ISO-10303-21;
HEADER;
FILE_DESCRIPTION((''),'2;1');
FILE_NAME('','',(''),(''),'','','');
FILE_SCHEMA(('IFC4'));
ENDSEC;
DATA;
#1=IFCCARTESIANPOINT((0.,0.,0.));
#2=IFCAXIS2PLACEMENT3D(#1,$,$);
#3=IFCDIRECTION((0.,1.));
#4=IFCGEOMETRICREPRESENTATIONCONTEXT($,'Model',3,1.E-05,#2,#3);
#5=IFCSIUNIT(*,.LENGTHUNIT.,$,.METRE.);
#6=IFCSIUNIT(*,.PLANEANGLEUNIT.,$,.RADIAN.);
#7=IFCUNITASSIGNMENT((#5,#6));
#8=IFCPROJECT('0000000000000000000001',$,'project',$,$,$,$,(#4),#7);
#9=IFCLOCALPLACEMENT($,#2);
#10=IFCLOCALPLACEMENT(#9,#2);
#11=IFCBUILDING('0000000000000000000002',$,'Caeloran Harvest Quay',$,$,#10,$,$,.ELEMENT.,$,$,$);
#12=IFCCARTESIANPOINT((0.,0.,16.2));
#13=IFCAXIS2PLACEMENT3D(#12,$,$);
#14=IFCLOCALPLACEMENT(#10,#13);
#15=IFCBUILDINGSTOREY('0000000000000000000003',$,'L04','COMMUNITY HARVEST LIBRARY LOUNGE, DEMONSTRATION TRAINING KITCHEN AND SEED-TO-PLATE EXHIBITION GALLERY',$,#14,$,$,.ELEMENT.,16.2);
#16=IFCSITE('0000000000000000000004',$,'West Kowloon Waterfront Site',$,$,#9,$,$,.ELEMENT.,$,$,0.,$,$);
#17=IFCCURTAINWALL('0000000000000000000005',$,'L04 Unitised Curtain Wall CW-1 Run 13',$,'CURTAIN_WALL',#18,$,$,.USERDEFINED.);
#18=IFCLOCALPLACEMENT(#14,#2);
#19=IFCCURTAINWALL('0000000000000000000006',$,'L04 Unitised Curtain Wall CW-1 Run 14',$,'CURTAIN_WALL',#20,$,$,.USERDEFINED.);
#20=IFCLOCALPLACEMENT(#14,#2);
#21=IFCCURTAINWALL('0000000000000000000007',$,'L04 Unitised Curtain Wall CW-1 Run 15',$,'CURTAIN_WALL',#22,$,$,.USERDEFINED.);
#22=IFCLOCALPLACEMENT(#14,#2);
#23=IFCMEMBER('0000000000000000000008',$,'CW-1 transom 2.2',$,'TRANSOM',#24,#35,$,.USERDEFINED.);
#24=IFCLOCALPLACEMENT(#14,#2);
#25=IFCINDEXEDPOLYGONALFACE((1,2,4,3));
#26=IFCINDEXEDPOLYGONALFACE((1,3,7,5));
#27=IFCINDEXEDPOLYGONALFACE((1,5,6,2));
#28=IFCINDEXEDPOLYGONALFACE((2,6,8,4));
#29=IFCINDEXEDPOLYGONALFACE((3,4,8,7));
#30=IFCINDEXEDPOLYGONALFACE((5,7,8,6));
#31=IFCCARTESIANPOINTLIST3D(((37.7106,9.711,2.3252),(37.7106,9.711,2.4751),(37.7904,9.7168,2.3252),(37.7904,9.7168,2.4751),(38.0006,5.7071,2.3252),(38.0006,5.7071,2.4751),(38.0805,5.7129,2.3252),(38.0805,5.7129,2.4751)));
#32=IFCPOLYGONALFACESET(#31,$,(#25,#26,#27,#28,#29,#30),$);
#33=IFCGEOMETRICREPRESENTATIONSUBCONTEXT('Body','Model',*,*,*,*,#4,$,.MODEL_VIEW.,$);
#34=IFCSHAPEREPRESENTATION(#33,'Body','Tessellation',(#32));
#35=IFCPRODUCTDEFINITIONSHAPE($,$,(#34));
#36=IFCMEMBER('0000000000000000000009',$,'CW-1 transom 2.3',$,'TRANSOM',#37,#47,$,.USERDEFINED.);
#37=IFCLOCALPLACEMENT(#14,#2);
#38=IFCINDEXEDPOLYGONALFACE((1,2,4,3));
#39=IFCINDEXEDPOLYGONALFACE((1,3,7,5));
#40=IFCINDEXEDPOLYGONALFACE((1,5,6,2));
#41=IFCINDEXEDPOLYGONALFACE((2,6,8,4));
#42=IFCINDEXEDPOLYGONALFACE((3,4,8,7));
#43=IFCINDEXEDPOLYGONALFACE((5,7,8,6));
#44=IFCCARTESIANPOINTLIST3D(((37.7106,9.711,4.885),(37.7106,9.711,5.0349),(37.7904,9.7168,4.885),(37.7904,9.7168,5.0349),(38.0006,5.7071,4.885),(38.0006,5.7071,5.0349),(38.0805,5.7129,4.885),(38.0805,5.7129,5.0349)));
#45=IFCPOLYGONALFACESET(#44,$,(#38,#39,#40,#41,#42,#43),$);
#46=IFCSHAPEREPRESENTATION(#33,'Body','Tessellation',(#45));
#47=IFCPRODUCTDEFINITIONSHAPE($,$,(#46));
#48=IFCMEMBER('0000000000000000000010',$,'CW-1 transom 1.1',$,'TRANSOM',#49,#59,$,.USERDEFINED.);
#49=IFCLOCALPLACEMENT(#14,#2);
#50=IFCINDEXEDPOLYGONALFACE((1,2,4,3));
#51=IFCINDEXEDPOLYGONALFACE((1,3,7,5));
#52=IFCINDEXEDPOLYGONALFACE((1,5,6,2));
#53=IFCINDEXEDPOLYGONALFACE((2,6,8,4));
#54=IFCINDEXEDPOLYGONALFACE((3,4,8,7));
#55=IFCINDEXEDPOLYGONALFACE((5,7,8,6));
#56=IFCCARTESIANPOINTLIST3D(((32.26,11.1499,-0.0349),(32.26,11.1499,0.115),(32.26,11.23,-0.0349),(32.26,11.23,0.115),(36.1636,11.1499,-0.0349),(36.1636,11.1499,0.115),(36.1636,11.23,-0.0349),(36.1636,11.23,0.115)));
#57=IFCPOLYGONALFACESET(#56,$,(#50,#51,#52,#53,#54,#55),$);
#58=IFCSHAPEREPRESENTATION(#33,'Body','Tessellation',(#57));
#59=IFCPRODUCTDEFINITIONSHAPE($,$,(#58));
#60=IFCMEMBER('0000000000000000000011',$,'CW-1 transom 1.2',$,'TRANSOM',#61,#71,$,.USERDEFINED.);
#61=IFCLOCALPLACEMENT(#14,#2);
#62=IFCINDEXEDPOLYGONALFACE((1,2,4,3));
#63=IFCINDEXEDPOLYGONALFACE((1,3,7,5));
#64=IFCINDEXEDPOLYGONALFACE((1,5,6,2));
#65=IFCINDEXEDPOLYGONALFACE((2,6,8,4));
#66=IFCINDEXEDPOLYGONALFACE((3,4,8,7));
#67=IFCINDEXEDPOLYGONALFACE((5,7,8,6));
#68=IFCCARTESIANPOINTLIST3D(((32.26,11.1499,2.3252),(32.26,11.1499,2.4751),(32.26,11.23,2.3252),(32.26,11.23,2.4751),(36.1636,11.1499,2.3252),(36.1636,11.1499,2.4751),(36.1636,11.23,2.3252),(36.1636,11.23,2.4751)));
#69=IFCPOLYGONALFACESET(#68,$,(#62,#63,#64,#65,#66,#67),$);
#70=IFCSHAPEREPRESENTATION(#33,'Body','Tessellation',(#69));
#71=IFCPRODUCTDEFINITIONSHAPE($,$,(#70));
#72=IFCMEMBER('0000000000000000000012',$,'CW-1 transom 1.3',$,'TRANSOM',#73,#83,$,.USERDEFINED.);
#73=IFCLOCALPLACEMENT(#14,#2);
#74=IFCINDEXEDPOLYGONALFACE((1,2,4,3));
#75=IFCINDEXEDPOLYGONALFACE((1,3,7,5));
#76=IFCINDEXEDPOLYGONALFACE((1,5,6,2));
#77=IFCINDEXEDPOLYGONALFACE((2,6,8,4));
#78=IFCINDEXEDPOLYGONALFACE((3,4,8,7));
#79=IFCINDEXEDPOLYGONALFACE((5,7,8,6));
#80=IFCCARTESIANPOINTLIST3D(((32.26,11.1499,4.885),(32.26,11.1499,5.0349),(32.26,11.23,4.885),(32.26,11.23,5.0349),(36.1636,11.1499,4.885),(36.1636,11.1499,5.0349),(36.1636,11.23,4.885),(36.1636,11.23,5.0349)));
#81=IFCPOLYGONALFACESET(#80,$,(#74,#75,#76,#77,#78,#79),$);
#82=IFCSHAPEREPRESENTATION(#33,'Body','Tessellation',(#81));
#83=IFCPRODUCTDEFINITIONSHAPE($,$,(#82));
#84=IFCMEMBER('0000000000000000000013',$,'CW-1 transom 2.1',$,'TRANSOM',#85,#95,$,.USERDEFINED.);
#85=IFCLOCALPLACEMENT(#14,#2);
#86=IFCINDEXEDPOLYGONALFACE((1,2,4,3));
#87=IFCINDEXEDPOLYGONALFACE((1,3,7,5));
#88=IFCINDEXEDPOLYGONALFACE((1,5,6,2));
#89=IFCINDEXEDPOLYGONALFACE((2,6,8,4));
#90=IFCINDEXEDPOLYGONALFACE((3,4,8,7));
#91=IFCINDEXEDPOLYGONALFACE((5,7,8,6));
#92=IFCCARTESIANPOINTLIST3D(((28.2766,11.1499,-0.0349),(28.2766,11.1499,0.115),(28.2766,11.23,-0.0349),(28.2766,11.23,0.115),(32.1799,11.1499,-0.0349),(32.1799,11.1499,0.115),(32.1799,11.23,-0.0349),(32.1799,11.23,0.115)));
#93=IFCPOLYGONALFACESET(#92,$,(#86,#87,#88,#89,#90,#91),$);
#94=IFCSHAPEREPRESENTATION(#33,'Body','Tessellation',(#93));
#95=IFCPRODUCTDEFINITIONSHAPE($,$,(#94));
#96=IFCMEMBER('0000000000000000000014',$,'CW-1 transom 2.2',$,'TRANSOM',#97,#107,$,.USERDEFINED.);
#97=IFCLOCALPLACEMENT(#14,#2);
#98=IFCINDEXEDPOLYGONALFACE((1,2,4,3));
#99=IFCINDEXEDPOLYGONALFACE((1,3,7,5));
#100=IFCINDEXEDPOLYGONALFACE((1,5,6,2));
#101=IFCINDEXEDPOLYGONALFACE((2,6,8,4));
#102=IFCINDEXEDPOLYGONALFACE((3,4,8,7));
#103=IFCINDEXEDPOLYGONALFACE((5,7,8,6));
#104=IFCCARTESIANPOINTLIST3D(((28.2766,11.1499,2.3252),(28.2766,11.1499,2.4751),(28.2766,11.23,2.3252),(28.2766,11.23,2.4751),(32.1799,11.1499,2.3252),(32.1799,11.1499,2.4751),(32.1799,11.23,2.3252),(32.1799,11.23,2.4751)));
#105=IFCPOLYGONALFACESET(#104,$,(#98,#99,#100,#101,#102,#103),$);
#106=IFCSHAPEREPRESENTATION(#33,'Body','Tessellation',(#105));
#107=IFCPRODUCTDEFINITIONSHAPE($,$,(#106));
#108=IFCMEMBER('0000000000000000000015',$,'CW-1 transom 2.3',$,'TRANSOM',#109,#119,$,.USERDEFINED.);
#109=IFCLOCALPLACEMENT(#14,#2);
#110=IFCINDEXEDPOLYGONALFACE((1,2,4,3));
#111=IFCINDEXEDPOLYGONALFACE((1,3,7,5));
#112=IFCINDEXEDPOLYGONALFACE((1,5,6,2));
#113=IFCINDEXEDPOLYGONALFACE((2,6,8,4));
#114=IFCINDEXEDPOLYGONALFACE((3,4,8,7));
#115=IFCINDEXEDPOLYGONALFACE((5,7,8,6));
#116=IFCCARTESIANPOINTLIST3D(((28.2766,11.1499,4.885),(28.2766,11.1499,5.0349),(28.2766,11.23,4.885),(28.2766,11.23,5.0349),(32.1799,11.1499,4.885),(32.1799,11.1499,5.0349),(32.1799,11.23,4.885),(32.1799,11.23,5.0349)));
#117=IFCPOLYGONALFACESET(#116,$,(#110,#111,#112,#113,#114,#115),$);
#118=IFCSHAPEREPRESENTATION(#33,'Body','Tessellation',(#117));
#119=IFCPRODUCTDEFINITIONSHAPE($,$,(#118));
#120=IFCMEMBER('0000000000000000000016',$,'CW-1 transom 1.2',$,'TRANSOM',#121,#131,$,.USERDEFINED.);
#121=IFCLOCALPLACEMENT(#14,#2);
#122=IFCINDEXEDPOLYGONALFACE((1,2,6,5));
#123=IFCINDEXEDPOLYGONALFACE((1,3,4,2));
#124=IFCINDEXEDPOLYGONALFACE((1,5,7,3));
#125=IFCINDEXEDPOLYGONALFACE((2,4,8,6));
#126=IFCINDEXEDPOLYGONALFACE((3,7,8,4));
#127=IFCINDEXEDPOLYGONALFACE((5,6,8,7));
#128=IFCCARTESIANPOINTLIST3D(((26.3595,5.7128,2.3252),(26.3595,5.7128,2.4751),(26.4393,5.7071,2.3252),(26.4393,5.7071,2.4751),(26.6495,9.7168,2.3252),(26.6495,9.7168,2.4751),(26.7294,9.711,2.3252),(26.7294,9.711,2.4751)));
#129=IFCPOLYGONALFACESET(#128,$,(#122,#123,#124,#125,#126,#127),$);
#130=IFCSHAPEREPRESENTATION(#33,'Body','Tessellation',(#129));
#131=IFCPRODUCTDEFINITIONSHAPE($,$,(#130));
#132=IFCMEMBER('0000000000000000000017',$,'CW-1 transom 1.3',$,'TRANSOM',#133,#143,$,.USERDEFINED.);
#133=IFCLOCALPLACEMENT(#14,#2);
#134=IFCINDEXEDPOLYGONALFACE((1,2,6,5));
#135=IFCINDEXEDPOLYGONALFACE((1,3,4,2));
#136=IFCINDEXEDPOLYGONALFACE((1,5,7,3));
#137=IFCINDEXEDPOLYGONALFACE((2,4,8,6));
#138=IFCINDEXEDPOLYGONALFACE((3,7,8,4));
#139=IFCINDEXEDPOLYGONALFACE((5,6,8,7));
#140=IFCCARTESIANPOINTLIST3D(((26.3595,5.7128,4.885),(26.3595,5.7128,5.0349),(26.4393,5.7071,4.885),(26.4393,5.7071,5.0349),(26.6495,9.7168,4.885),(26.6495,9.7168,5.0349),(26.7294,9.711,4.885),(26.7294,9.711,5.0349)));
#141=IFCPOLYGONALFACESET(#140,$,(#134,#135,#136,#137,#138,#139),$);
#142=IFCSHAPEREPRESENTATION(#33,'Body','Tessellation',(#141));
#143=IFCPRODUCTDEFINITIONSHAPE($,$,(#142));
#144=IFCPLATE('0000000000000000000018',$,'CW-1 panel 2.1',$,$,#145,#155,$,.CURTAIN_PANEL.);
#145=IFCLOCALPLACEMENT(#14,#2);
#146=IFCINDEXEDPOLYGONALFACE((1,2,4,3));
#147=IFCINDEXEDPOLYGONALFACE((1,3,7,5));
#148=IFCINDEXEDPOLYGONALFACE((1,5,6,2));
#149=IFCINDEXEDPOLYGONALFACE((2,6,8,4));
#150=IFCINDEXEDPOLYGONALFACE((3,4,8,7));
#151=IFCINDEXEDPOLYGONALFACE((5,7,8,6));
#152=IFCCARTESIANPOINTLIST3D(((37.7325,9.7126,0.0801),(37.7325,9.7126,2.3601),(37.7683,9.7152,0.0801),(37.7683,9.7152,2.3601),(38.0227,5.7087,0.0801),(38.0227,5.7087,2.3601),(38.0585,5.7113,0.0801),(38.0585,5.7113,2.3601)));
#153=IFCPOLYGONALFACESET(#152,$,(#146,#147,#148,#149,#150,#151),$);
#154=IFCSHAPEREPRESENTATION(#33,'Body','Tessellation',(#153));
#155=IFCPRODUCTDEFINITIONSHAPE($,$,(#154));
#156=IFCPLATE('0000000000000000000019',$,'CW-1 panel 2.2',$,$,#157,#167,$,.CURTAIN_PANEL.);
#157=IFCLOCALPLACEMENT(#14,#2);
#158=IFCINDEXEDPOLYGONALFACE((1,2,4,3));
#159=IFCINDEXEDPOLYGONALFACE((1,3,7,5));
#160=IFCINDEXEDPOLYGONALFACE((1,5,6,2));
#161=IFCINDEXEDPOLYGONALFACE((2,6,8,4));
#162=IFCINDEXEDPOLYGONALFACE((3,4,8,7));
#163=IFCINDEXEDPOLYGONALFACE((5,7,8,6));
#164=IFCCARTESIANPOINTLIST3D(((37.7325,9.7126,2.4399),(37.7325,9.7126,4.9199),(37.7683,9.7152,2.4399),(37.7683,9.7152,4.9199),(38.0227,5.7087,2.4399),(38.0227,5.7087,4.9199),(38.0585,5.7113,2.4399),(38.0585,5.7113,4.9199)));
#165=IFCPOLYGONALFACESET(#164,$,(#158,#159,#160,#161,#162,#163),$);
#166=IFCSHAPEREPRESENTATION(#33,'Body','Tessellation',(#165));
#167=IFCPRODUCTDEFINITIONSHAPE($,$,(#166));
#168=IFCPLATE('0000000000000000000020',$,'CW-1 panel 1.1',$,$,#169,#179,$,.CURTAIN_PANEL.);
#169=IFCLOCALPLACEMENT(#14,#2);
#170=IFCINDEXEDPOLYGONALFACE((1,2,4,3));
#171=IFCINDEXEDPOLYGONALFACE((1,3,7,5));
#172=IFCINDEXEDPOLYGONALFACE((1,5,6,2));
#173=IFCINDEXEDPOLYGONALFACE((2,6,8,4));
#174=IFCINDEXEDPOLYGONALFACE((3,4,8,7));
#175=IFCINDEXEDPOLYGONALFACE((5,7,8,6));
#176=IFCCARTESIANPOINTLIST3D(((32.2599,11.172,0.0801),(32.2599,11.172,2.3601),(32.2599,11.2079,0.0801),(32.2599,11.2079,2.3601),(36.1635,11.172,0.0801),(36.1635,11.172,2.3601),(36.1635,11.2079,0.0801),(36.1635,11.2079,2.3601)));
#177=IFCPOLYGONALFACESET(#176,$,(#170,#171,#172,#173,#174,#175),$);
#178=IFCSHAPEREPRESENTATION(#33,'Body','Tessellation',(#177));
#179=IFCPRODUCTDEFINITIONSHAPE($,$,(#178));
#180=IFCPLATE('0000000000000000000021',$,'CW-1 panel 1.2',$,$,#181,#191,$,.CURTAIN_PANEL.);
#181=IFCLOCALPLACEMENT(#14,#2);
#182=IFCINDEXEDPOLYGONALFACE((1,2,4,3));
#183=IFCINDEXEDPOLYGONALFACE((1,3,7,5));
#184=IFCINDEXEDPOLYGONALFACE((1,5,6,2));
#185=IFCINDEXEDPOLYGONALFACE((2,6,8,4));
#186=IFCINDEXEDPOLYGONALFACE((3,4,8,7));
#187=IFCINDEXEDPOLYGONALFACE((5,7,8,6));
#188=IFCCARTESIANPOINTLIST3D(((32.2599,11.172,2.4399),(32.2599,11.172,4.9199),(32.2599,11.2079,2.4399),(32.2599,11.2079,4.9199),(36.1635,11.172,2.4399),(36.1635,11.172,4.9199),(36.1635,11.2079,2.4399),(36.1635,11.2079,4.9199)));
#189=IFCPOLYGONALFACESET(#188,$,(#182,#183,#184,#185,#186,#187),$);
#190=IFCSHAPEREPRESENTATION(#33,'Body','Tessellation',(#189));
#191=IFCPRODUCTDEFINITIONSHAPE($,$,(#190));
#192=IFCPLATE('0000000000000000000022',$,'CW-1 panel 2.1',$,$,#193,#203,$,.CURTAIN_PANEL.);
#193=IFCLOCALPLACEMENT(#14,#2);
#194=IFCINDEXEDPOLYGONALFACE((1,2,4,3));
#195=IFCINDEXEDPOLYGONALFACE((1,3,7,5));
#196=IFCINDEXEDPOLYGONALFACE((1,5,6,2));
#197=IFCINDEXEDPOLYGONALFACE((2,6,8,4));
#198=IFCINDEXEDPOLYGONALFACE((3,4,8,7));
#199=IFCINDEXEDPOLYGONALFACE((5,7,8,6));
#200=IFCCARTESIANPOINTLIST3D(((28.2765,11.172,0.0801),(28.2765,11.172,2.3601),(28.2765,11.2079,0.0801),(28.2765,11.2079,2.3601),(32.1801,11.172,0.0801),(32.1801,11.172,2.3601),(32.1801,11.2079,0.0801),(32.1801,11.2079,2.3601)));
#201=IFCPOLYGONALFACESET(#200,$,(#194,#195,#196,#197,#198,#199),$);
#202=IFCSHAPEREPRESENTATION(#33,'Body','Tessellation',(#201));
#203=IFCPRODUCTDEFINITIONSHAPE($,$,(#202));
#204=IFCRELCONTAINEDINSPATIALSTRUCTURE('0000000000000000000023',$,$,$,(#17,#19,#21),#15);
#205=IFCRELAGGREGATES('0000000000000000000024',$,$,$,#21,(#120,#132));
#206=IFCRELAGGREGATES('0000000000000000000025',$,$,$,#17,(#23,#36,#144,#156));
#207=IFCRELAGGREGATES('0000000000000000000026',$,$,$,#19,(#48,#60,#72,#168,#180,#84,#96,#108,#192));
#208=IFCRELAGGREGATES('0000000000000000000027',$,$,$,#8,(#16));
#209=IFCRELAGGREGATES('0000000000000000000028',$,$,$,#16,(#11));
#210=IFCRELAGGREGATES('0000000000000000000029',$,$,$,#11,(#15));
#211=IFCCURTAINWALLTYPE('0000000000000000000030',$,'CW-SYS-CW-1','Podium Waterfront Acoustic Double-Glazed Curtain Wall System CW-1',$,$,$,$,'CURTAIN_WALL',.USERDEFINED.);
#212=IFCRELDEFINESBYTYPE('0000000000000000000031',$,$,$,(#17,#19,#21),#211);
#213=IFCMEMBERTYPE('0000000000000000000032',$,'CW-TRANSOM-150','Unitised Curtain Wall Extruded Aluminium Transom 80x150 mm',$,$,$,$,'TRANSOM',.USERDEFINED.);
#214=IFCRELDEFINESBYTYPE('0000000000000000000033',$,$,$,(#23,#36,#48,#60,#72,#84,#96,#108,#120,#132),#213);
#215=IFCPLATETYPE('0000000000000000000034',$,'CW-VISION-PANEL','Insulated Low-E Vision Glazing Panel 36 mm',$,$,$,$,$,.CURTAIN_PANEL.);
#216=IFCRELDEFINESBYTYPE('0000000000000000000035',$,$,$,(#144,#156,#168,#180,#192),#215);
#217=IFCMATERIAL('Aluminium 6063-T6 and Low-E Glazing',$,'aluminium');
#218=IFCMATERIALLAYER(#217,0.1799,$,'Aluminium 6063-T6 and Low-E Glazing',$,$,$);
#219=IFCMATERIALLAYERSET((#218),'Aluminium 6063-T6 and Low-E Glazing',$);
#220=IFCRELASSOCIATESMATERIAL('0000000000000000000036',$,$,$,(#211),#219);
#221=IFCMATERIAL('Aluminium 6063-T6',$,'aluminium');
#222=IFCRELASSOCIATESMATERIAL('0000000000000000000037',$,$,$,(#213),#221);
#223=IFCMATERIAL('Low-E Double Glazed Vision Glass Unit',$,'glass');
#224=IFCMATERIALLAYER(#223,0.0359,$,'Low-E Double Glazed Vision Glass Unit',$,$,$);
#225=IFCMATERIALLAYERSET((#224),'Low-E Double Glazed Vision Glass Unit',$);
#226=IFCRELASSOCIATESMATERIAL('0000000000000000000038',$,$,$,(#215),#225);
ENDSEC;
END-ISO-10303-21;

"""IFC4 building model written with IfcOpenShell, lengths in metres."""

from ifc_helpers import new_model, si_unit, direction, frame, origin, origin_2d, place, context, subcontext, project, spatial, rectangle, extrude, material, layer, layer_set, material_profile, profile_set, type_object, element, aggregate, save


model = new_model("IFC4")

# Units and contexts
model_context = context("Model", 3, precision=1e-05, world=origin(), true_north=direction((0.0, 1.0)))
body_context = subcontext(model_context, "Body", "Model", "MODEL_VIEW")
ifc_project = project(units=[si_unit("LENGTHUNIT", "METRE"), si_unit("PLANEANGLEUNIT", "RADIAN")], contexts=[model_context])

# Site, building, storey
site_placement = place(None, origin())
site = spatial("IfcSite", under=ifc_project, at=site_placement, Name="West Kowloon Waterfront Site", CompositionType="ELEMENT", RefElevation=0.0)
building_placement = place(site_placement, origin())
building = spatial("IfcBuilding", under=site, at=building_placement, Name="Caeloran Harvest Quay", CompositionType="ELEMENT")
storey_placement = place(building_placement, frame((0.0, 0.0, 16.2)))
storey = spatial("IfcBuildingStorey", under=building, at=storey_placement, Name="L04", Description="COMMUNITY HARVEST LIBRARY LOUNGE, DEMONSTRATION TRAINING KITCHEN AND SEED-TO-PLATE EXHIBITION GALLERY", CompositionType="ELEMENT", Elevation=16.2)

# Curtain walls
ifc_material_1 = material(Name="Aluminium 6063-T6 and Low-E Glazing", Category="aluminium")
ifc_layer_1 = layer(ifc_material_1, 0.1799, Name="Aluminium 6063-T6 and Low-E Glazing")
ifc_layer_set_1 = layer_set([ifc_layer_1], Name="Aluminium 6063-T6 and Low-E Glazing")
curtain_wall_type = type_object("IfcCurtainWallType", Name="CW-SYS-CW-1", Description="Podium Waterfront Acoustic Double-Glazed Curtain Wall System CW-1", ElementType="CURTAIN_WALL", PredefinedType="USERDEFINED", material=ifc_layer_set_1)
curtain_wall_1_placement = place(storey_placement, origin())
curtain_wall_1 = element("IfcCurtainWall", 1, at=curtain_wall_1_placement, inside=storey, type_object=curtain_wall_type, Name="L04 Unitised Curtain Wall CW-1 Run 13", ObjectType="CURTAIN_WALL", PredefinedType="USERDEFINED")
ifc_material_2 = material(Name="Aluminium 6063-T6", Category="aluminium")
curtain_wall_2_placement = place(storey_placement, origin())
curtain_wall_2 = element("IfcCurtainWall", 2, at=curtain_wall_2_placement, inside=storey, type_object=curtain_wall_type, Name="L04 Unitised Curtain Wall CW-1 Run 14", ObjectType="CURTAIN_WALL", PredefinedType="USERDEFINED")

# Curtain wall
curtain_wall_3_placement = place(storey_placement, origin())
curtain_wall_3 = element("IfcCurtainWall", 3, at=curtain_wall_3_placement, inside=storey, type_object=curtain_wall_type, Name="L04 Unitised Curtain Wall CW-1 Run 15", ObjectType="CURTAIN_WALL", PredefinedType="USERDEFINED")

# Members
ifc_material_profile_1 = material_profile(ifc_material_2, rectangle(XDim=0.0801, YDim=0.1499, at=origin_2d()), Name="CW-TRANSOM-150")
ifc_profile_set_1 = profile_set([ifc_material_profile_1], Name="Aluminium 6063-T6")
member_type_1 = type_object("IfcMemberType", Name="CW-TRANSOM-150", Description="Unitised Curtain Wall Extruded Aluminium Transom 80x150 mm", ElementType="TRANSOM", PredefinedType="USERDEFINED", material=ifc_profile_set_1)
member_1_placement = place(storey_placement, frame((38.0405, 5.71, 2.4001), z_axis=(-0.07225, 0.997387, 0.0), x_axis=(-0.997387, -0.07225, 0.0)))
member_1 = element("IfcMember", 4, at=member_1_placement, type_object=member_type_1, Name="CW-1 transom 2.2", ObjectType="TRANSOM", PredefinedType="USERDEFINED", context=body_context, shape_type="SweptSolid", body=[
    extrude(rectangle(XDim=0.0801, YDim=0.1499, at=origin_2d()), origin(), (0.0, 0.0, 1.0), 4.0144),
])
member_2_placement = place(storey_placement, frame((38.0405, 5.71, 4.96), z_axis=(-0.07225, 0.997387, 0.0), x_axis=(-0.997387, -0.07225, 0.0)))
member_2 = element("IfcMember", 5, at=member_2_placement, type_object=member_type_1, Name="CW-1 transom 2.3", ObjectType="TRANSOM", PredefinedType="USERDEFINED", context=body_context, shape_type="SweptSolid", body=[
    extrude(rectangle(XDim=0.0801, YDim=0.1499, at=origin_2d()), origin(), (0.0, 0.0, 1.0), 4.0144),
])
member_3_placement = place(storey_placement, frame((36.1636, 11.1899, 0.04), z_axis=(-1.0, 0.0, 0.0), x_axis=(0.0, -1.0, 0.0)))
member_3 = element("IfcMember", 6, at=member_3_placement, type_object=member_type_1, Name="CW-1 transom 1.1", ObjectType="TRANSOM", PredefinedType="USERDEFINED", context=body_context, shape_type="SweptSolid", body=[
    extrude(rectangle(XDim=0.0801, YDim=0.1499, at=origin_2d()), origin(), (0.0, 0.0, 1.0), 3.9036),
])
member_4_placement = place(storey_placement, frame((36.1636, 11.1899, 2.4001), z_axis=(-1.0, 0.0, 0.0), x_axis=(0.0, -1.0, 0.0)))
member_4 = element("IfcMember", 7, at=member_4_placement, type_object=member_type_1, Name="CW-1 transom 1.2", ObjectType="TRANSOM", PredefinedType="USERDEFINED", context=body_context, shape_type="SweptSolid", body=[
    extrude(rectangle(XDim=0.0801, YDim=0.1499, at=origin_2d()), origin(), (0.0, 0.0, 1.0), 3.9036),
])
member_5_placement = place(storey_placement, frame((36.1636, 11.1899, 4.96), z_axis=(-1.0, 0.0, 0.0), x_axis=(0.0, -1.0, 0.0)))
member_5 = element("IfcMember", 8, at=member_5_placement, type_object=member_type_1, Name="CW-1 transom 1.3", ObjectType="TRANSOM", PredefinedType="USERDEFINED", context=body_context, shape_type="SweptSolid", body=[
    extrude(rectangle(XDim=0.0801, YDim=0.1499, at=origin_2d()), origin(), (0.0, 0.0, 1.0), 3.9036),
])
member_6_placement = place(storey_placement, frame((32.1799, 11.1899, 0.04), z_axis=(-1.0, 0.0, 0.0), x_axis=(0.0, -1.0, 0.0)))
member_6 = element("IfcMember", 9, at=member_6_placement, type_object=member_type_1, Name="CW-1 transom 2.1", ObjectType="TRANSOM", PredefinedType="USERDEFINED", context=body_context, shape_type="SweptSolid", body=[
    extrude(rectangle(XDim=0.0801, YDim=0.1499, at=origin_2d()), origin(), (0.0, 0.0, 1.0), 3.9033),
])
member_7_placement = place(storey_placement, frame((32.1799, 11.1899, 2.4001), z_axis=(-1.0, 0.0, 0.0), x_axis=(0.0, -1.0, 0.0)))
member_7 = element("IfcMember", 10, at=member_7_placement, type_object=member_type_1, Name="CW-1 transom 2.2", ObjectType="TRANSOM", PredefinedType="USERDEFINED", context=body_context, shape_type="SweptSolid", body=[
    extrude(rectangle(XDim=0.0801, YDim=0.1499, at=origin_2d()), origin(), (0.0, 0.0, 1.0), 3.9033),
])
member_8_placement = place(storey_placement, frame((32.1799, 11.1899, 4.96), z_axis=(-1.0, 0.0, 0.0), x_axis=(0.0, -1.0, 0.0)))
member_8 = element("IfcMember", 11, at=member_8_placement, type_object=member_type_1, Name="CW-1 transom 2.3", ObjectType="TRANSOM", PredefinedType="USERDEFINED", context=body_context, shape_type="SweptSolid", body=[
    extrude(rectangle(XDim=0.0801, YDim=0.1499, at=origin_2d()), origin(), (0.0, 0.0, 1.0), 3.9033),
])
member_9_placement = place(storey_placement, frame((26.6895, 9.7139, 2.4001), z_axis=(-0.07225, -0.997387, 0.0), x_axis=(0.997387, -0.07225, 0.0)))
member_9 = element("IfcMember", 12, at=member_9_placement, type_object=member_type_1, Name="CW-1 transom 1.2", ObjectType="TRANSOM", PredefinedType="USERDEFINED", context=body_context, shape_type="SweptSolid", body=[
    extrude(rectangle(XDim=0.0801, YDim=0.1499, at=origin_2d()), origin(), (0.0, 0.0, 1.0), 4.0144),
])
member_10_placement = place(storey_placement, frame((26.6895, 9.7139, 4.96), z_axis=(-0.07225, -0.997387, 0.0), x_axis=(0.997387, -0.07225, 0.0)))
member_10 = element("IfcMember", 13, at=member_10_placement, type_object=member_type_1, Name="CW-1 transom 1.3", ObjectType="TRANSOM", PredefinedType="USERDEFINED", context=body_context, shape_type="SweptSolid", body=[
    extrude(rectangle(XDim=0.0801, YDim=0.1499, at=origin_2d()), origin(), (0.0, 0.0, 1.0), 4.0144),
])
aggregate(curtain_wall_3, [member_9, member_10])

# Plates
ifc_material_3 = material(Name="Low-E Double Glazed Vision Glass Unit", Category="glass")
ifc_layer_2 = layer(ifc_material_3, 0.0359, Name="Low-E Double Glazed Vision Glass Unit")
ifc_layer_set_2 = layer_set([ifc_layer_2], Name="Low-E Double Glazed Vision Glass Unit")
plate_type = type_object("IfcPlateType", Name="CW-VISION-PANEL", Description="Insulated Low-E Vision Glazing Panel 36 mm", PredefinedType="CURTAIN_PANEL", material=ifc_layer_set_2)
plate_1_placement = place(storey_placement, frame((37.8955, 7.7119, 0.0801), z_axis=(0.0, 0.0, 1.0), x_axis=(-0.072271, 0.997385, 0.0)))
plate_1 = element("IfcPlate", 14, at=plate_1_placement, type_object=plate_type, Name="CW-1 panel 2.1", PredefinedType="CURTAIN_PANEL", context=body_context, shape_type="SweptSolid", body=[
    extrude(rectangle(XDim=4.0144, YDim=0.0359, at=origin_2d()), origin(), (0.0, 0.0, 1.0), 2.28),
])
plate_2_placement = place(storey_placement, frame((37.8955, 7.7119, 2.4399), z_axis=(0.0, 0.0, 1.0), x_axis=(-0.072271, 0.997385, 0.0)))
plate_2 = element("IfcPlate", 15, at=plate_2_placement, type_object=plate_type, Name="CW-1 panel 2.2", PredefinedType="CURTAIN_PANEL", context=body_context, shape_type="SweptSolid", body=[
    extrude(rectangle(XDim=4.0144, YDim=0.0359, at=origin_2d()), origin(), (0.0, 0.0, 1.0), 2.48),
])
aggregate(curtain_wall_1, [member_1, member_2, plate_1, plate_2])
plate_3_placement = place(storey_placement, frame((34.2117, 11.1899, 0.0801), z_axis=(0.0, 0.0, 1.0), x_axis=(-1.0, 0.0, 0.0)))
plate_3 = element("IfcPlate", 16, at=plate_3_placement, type_object=plate_type, Name="CW-1 panel 1.1", PredefinedType="CURTAIN_PANEL", context=body_context, shape_type="SweptSolid", body=[
    extrude(rectangle(XDim=3.9036, YDim=0.0359, at=origin_2d()), origin(), (0.0, 0.0, 1.0), 2.28),
])
plate_4_placement = place(storey_placement, frame((34.2117, 11.1899, 2.4399), z_axis=(0.0, 0.0, 1.0), x_axis=(-1.0, 0.0, 0.0)))
plate_4 = element("IfcPlate", 17, at=plate_4_placement, type_object=plate_type, Name="CW-1 panel 1.2", PredefinedType="CURTAIN_PANEL", context=body_context, shape_type="SweptSolid", body=[
    extrude(rectangle(XDim=3.9036, YDim=0.0359, at=origin_2d()), origin(), (0.0, 0.0, 1.0), 2.48),
])
plate_5_placement = place(storey_placement, frame((30.2283, 11.1899, 0.0801), z_axis=(0.0, 0.0, 1.0), x_axis=(-1.0, 0.0, 0.0)))
plate_5 = element("IfcPlate", 18, at=plate_5_placement, type_object=plate_type, Name="CW-1 panel 2.1", PredefinedType="CURTAIN_PANEL", context=body_context, shape_type="SweptSolid", body=[
    extrude(rectangle(XDim=3.9036, YDim=0.0359, at=origin_2d()), origin(), (0.0, 0.0, 1.0), 2.28),
])
aggregate(curtain_wall_2, [member_3, member_4, member_5, plate_3, plate_4, member_6, member_7, member_8, plate_5])

save(model, "model.ifc")
